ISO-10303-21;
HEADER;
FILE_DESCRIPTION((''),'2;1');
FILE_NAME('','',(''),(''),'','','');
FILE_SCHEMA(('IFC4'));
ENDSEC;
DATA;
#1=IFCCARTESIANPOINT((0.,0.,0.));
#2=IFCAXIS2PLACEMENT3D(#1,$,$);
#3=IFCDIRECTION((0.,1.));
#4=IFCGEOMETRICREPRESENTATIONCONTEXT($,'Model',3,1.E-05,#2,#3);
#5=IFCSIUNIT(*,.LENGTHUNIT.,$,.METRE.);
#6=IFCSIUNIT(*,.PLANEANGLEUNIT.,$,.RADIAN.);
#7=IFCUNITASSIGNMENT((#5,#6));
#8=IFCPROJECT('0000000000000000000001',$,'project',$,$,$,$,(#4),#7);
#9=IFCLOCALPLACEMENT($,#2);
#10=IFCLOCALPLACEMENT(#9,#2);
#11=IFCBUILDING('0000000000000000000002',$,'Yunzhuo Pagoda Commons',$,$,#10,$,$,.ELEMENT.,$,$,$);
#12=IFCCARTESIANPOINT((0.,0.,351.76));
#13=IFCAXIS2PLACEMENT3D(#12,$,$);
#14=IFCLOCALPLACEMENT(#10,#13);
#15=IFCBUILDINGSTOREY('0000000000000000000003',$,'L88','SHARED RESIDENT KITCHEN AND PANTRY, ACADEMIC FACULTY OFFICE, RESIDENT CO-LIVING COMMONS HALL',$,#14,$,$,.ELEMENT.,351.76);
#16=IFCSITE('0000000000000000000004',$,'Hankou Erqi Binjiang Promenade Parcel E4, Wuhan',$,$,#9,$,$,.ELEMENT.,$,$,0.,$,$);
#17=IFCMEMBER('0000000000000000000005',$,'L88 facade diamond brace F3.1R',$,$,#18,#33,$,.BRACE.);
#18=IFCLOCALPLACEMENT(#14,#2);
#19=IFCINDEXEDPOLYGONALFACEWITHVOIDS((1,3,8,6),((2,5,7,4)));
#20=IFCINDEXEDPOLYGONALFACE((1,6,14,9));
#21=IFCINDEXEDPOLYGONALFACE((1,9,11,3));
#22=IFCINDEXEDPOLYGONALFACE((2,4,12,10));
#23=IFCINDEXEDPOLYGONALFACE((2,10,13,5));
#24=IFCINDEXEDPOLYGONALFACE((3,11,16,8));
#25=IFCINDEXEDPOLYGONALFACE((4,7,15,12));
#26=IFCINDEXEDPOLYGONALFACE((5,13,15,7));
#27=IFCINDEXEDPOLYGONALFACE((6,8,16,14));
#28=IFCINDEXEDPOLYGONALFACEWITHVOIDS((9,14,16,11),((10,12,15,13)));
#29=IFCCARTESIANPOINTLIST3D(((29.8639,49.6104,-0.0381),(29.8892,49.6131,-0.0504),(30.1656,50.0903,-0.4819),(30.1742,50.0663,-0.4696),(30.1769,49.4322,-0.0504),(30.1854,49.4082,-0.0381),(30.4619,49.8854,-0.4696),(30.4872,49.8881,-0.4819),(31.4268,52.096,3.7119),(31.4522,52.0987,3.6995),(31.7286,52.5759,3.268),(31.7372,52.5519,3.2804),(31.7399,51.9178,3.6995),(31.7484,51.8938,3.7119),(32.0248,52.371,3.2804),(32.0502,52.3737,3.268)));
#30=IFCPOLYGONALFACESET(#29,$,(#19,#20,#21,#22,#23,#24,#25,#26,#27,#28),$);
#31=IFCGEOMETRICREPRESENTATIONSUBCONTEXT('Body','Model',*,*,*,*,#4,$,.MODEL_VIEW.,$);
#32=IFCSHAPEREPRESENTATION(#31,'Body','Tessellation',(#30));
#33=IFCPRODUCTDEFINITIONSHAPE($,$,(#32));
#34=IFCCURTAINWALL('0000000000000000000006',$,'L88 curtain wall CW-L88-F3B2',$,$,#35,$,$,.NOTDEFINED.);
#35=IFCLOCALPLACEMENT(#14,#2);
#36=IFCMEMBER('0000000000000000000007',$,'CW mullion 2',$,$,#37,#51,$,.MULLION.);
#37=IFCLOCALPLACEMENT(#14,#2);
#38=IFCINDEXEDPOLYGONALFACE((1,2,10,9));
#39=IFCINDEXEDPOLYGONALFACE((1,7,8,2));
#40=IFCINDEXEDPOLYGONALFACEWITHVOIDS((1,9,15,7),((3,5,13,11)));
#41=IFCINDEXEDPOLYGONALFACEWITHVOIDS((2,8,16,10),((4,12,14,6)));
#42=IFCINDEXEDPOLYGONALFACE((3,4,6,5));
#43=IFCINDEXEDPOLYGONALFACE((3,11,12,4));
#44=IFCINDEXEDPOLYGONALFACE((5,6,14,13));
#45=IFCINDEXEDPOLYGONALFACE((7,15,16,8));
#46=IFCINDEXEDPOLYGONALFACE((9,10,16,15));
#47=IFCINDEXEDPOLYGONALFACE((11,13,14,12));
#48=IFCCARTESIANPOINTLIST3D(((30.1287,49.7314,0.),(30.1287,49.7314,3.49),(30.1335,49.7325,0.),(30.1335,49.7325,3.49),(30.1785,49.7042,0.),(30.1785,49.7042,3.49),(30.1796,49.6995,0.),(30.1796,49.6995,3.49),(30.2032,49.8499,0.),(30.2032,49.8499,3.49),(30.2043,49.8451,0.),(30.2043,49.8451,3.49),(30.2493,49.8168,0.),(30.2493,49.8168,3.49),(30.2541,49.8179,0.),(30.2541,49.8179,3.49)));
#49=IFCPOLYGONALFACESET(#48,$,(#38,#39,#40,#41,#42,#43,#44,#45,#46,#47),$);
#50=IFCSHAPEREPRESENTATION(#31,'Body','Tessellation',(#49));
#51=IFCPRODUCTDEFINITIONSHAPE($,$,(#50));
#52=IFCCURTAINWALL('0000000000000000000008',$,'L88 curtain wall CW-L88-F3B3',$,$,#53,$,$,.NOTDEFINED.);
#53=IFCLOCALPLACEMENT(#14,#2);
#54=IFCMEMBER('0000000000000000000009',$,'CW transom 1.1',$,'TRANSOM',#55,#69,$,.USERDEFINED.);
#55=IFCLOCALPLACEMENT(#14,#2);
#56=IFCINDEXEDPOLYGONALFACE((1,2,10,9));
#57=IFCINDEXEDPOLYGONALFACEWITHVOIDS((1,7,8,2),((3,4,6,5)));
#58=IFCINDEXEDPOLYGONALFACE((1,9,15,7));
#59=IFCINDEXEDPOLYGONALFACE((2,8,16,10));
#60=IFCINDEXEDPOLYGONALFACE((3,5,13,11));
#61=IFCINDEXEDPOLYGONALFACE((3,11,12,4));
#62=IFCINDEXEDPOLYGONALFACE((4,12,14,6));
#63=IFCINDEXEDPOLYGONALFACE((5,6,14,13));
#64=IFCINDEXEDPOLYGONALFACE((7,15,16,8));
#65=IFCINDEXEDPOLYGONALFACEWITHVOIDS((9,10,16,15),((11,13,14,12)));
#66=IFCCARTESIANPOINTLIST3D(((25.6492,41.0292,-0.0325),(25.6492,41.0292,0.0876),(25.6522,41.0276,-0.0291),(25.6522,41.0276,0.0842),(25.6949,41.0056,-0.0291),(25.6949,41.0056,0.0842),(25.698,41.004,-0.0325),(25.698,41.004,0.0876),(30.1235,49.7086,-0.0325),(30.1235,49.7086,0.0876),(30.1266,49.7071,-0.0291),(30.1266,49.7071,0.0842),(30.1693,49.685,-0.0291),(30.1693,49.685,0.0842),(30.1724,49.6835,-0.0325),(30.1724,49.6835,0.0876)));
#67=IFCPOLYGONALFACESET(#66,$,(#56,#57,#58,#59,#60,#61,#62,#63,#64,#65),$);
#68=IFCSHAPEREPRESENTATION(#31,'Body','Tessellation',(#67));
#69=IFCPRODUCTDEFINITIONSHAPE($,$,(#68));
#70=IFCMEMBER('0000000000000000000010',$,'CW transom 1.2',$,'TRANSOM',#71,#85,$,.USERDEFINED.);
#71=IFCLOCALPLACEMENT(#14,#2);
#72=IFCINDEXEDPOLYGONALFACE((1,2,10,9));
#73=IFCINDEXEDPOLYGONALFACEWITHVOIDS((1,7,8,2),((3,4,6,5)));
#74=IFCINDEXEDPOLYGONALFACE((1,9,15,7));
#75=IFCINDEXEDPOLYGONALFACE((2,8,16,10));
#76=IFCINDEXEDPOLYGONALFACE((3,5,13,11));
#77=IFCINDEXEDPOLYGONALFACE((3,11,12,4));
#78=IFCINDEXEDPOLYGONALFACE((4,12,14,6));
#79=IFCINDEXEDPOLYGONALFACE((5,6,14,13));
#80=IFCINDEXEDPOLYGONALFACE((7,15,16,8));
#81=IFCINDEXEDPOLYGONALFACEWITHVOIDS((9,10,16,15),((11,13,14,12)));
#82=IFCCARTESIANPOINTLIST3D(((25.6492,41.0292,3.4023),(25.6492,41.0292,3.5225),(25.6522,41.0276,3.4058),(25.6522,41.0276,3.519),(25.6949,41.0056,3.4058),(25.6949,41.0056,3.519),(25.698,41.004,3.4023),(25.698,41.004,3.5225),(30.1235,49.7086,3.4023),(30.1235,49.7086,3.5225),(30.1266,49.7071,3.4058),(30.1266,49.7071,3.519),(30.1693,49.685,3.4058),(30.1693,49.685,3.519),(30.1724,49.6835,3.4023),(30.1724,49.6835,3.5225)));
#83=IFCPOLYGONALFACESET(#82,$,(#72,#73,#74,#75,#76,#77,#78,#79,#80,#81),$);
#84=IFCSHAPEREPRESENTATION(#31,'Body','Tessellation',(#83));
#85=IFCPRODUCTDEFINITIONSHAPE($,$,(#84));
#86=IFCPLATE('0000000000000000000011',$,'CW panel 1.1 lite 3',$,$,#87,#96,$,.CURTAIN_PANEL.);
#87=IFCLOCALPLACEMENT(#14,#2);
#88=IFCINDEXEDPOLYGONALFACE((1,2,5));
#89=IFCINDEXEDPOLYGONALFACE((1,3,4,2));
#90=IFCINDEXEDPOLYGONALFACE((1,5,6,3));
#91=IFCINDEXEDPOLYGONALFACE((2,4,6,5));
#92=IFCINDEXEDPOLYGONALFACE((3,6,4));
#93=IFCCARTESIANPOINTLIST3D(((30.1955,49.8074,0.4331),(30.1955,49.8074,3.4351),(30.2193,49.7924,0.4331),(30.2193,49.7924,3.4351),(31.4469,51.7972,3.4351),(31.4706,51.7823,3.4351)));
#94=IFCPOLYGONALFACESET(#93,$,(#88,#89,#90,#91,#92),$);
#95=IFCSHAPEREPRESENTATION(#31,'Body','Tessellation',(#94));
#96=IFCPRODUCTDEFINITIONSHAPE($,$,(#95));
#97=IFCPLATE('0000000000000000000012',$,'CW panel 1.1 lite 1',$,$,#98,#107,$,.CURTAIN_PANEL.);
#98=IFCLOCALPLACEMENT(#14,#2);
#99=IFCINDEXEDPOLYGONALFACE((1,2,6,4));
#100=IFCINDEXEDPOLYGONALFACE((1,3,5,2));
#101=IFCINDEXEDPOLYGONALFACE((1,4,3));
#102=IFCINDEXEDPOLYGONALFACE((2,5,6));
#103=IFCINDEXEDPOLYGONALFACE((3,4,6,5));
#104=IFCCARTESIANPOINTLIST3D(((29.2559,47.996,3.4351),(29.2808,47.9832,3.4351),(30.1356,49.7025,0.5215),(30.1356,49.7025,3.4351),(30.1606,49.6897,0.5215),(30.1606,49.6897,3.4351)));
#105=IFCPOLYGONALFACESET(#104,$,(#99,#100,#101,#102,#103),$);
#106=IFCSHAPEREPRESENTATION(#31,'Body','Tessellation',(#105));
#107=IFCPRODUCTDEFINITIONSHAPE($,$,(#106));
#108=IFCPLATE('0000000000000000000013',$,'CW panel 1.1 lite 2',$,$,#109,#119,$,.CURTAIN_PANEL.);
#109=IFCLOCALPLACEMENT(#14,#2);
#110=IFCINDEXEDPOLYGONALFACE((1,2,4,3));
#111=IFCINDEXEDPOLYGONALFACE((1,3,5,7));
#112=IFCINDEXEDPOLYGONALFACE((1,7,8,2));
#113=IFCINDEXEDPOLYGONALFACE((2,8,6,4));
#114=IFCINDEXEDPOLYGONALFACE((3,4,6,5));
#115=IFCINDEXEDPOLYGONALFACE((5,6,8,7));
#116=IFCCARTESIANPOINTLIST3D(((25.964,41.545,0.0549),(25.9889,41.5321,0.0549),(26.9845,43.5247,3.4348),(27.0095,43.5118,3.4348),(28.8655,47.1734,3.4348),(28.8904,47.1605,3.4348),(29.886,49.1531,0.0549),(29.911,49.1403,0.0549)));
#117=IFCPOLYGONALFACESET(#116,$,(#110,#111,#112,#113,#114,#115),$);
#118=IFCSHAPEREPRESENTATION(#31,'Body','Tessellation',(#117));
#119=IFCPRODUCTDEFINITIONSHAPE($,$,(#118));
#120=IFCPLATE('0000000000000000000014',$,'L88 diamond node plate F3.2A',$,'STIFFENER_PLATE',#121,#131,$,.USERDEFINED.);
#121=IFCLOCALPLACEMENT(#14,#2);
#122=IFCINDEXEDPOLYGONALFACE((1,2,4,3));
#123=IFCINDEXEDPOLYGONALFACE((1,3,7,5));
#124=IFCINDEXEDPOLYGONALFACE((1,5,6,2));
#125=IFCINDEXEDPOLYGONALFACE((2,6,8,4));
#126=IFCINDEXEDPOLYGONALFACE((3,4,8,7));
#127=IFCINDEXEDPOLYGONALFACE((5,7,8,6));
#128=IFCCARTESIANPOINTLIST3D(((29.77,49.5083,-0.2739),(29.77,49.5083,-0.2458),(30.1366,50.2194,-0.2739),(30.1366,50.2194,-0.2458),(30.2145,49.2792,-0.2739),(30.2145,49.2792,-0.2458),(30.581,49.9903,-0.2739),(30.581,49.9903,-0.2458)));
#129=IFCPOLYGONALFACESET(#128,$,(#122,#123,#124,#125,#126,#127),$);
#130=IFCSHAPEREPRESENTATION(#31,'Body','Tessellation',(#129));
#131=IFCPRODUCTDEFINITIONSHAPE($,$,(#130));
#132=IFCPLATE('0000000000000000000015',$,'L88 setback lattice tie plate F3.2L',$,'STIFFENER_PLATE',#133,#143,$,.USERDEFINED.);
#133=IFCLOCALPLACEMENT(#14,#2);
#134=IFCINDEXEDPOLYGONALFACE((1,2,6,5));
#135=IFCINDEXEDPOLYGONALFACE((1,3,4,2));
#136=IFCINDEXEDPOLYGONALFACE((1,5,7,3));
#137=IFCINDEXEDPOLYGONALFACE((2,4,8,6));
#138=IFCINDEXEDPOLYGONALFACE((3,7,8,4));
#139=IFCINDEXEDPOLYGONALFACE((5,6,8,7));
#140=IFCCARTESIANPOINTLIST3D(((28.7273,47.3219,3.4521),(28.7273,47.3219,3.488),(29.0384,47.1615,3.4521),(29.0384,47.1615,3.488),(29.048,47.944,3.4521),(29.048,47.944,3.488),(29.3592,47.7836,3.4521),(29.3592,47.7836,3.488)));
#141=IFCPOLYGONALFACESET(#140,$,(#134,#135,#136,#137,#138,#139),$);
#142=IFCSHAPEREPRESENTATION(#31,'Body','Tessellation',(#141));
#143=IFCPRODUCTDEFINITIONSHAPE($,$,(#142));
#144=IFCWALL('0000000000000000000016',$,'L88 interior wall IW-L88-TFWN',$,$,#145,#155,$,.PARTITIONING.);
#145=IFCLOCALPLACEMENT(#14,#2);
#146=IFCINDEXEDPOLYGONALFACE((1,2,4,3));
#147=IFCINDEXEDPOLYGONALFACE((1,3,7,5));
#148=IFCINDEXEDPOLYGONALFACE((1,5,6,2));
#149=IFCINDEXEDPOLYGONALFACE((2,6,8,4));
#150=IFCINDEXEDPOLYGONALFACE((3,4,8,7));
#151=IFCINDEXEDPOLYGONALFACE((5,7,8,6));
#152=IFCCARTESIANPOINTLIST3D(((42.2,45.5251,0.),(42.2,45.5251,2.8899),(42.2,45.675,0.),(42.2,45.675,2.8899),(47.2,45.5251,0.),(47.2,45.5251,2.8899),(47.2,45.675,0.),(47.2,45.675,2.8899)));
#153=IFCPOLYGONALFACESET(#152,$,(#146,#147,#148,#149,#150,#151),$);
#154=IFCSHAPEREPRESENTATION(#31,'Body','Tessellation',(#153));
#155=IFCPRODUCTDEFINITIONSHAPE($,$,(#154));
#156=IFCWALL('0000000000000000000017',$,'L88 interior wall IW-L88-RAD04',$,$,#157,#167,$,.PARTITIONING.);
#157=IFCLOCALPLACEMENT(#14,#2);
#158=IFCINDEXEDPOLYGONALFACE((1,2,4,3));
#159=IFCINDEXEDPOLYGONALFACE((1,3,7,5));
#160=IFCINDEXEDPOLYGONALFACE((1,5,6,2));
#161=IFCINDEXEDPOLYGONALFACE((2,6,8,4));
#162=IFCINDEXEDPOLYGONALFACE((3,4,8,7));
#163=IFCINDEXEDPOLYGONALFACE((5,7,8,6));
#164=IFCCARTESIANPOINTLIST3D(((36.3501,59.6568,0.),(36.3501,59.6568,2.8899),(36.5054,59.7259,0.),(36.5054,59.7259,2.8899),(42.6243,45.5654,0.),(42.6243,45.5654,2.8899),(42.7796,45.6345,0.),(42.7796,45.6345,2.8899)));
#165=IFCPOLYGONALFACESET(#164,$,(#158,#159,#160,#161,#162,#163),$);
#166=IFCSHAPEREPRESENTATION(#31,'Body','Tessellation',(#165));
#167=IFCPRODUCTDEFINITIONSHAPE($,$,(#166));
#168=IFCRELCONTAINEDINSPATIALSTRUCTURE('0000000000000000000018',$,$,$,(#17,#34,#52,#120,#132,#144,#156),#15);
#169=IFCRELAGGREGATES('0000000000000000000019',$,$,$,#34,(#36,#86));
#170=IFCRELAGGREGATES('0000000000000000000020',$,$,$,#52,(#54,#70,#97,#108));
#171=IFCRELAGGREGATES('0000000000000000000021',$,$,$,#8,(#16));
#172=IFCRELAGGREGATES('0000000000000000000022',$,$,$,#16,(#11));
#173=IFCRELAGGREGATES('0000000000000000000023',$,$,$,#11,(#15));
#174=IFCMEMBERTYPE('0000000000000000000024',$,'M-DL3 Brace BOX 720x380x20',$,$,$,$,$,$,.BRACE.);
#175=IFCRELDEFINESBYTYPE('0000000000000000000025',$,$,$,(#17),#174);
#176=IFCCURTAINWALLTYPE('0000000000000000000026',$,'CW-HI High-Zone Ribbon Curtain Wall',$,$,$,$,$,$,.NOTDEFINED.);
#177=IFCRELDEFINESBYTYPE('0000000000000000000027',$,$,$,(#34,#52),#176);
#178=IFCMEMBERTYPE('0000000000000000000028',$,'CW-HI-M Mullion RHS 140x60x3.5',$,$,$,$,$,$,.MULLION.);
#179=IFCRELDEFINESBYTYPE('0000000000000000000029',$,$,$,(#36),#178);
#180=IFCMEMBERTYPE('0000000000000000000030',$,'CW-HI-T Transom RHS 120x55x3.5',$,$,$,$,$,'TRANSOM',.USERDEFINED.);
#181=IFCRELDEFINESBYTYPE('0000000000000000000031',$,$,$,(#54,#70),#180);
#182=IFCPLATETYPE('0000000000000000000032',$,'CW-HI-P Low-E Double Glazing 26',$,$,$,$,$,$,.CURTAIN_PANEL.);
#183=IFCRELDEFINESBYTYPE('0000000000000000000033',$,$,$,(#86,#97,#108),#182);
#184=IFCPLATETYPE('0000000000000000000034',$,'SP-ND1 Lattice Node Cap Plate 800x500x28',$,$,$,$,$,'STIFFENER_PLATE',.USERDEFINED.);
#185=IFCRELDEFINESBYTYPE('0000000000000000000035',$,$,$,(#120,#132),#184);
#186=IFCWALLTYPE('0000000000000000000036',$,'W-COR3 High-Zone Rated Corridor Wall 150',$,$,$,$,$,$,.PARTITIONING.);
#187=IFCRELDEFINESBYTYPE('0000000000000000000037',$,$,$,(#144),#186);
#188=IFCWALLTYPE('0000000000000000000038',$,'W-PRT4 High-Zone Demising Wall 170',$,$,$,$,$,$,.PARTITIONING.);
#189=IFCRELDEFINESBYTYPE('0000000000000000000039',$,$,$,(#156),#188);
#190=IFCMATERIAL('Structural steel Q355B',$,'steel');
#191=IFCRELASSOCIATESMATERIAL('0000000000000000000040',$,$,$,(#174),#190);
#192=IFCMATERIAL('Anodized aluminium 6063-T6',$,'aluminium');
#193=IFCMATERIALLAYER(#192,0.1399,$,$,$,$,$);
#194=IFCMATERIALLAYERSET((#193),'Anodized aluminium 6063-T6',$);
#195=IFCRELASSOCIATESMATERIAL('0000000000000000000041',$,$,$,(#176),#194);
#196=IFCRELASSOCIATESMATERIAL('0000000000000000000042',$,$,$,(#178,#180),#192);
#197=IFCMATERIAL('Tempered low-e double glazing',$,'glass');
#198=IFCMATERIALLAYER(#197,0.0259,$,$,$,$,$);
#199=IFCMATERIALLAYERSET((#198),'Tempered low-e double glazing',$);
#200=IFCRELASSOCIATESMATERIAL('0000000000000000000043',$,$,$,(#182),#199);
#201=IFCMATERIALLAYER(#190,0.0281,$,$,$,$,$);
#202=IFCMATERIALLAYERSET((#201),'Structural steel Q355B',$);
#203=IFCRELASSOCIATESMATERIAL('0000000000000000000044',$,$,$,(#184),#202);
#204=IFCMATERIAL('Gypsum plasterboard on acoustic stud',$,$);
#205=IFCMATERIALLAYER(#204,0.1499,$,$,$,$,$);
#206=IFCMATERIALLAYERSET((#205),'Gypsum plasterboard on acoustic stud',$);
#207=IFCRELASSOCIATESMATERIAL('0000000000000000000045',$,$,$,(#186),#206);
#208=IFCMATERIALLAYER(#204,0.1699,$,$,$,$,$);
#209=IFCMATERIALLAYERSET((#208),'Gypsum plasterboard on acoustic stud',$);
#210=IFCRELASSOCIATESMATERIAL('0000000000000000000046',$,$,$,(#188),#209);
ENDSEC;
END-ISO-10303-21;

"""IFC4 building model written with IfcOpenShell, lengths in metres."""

from ifc_helpers import new_model, si_unit, direction, frame, frame_2d, origin, origin_2d, place, context, subcontext, project, spatial, polyline, rectangle, hollow_rectangle, outline, extrude, source, transform, mapped, material, layer, layer_set, material_profile, profile_set, type_object, element, aggregate, save


model = new_model("IFC4")

# Units and contexts
model_context = context("Model", 3, precision=1e-05, world=origin(), true_north=direction((0.0, 1.0)))
body_context = subcontext(model_context, "Body", "Model", "MODEL_VIEW")
ifc_project = project(units=[si_unit("LENGTHUNIT", "METRE"), si_unit("PLANEANGLEUNIT", "RADIAN")], contexts=[model_context])

# Site, building, storey
site_placement = place(None, origin())
site = spatial("IfcSite", under=ifc_project, at=site_placement, Name="Hankou Erqi Binjiang Promenade Parcel E4, Wuhan", CompositionType="ELEMENT", RefElevation=0.0)
building_placement = place(site_placement, origin())
building = spatial("IfcBuilding", under=site, at=building_placement, Name="Yunzhuo Pagoda Commons", CompositionType="ELEMENT")
storey_placement = place(building_placement, frame((0.0, 0.0, 351.76)))
storey = spatial("IfcBuildingStorey", under=building, at=storey_placement, Name="L88", Description="SHARED RESIDENT KITCHEN AND PANTRY, ACADEMIC FACULTY OFFICE, RESIDENT CO-LIVING COMMONS HALL", CompositionType="ELEMENT", Elevation=351.76)

# Shared definitions
ifc_material_1 = material(Name="Structural steel Q355B", Category="steel")

# Member
ifc_material_profile_1 = material_profile(ifc_material_1, hollow_rectangle(XDim=0.3799, YDim=0.72, WallThickness=0.02, at=origin_2d()), Name="Structural steel Q355B")
ifc_profile_set_1 = profile_set([ifc_material_profile_1], Name="Structural steel Q355B")
member_type_1 = type_object("IfcMemberType", Name="M-DL3 Brace BOX 720x380x20", PredefinedType="BRACE", material=ifc_profile_set_1)
shared_shape_1 = source(origin(), body_context, "Body", "SweptSolid", [
    extrude(hollow_rectangle(XDim=0.3799, YDim=0.72, WallThickness=0.02, at=origin_2d()), origin(), (0.0, 0.0, 1.0), 4.7627),
])
member_1_placement = place(storey_placement, frame((30.1755, 49.7493, -0.26), z_axis=(0.328171, 0.521884, 0.787363), x_axis=(-0.846542, 0.532321, 0.0)))
element("IfcMember", 1, at=member_1_placement, inside=storey, type_object=member_type_1, Name="L88 facade diamond brace F3.1R", PredefinedType="BRACE", context=body_context, shape_type="MappedRepresentation", body=[
    mapped(shared_shape_1, transform((0.0, 0.0, 0.0), scale=1.0)),
])

# Curtain wall, member
ifc_material_2 = material(Name="Anodized aluminium 6063-T6", Category="aluminium")
ifc_layer_1 = layer(ifc_material_2, 0.1399)
ifc_layer_set_1 = layer_set([ifc_layer_1], Name="Anodized aluminium 6063-T6")
curtain_wall_type = type_object("IfcCurtainWallType", Name="CW-HI High-Zone Ribbon Curtain Wall", PredefinedType="NOTDEFINED", material=ifc_layer_set_1)
curtain_wall_1_placement = place(storey_placement, origin())
curtain_wall_1 = element("IfcCurtainWall", 2, at=curtain_wall_1_placement, inside=storey, type_object=curtain_wall_type, Name="L88 curtain wall CW-L88-F3B2", PredefinedType="NOTDEFINED")
ifc_material_profile_2 = material_profile(ifc_material_2, hollow_rectangle(XDim=0.0601, YDim=0.1399, WallThickness=0.0034, at=origin_2d()), Name="Anodized aluminium 6063-T6")
ifc_profile_set_2 = profile_set([ifc_material_profile_2], Name="Anodized aluminium 6063-T6")
member_type_2 = type_object("IfcMemberType", Name="CW-HI-M Mullion RHS 140x60x3.5", PredefinedType="MULLION", material=ifc_profile_set_2)
shared_shape_2 = source(origin(), body_context, "Body", "SweptSolid", [
    extrude(hollow_rectangle(XDim=0.0601, YDim=0.1399, WallThickness=0.0034, at=origin_2d()), origin(), (0.0, 0.0, 1.0), 3.49),
])
member_2_placement = place(storey_placement, frame((30.1914, 49.7747, 0.0), z_axis=(0.0, 0.0, 1.0), x_axis=(0.846525, -0.53235, 0.0)))
member_2 = element("IfcMember", 3, at=member_2_placement, type_object=member_type_2, Name="CW mullion 2", PredefinedType="MULLION", context=body_context, shape_type="MappedRepresentation", body=[
    mapped(shared_shape_2, transform((0.0, 0.0, 0.0), scale=1.0)),
])

# Curtain wall, members
curtain_wall_2_placement = place(storey_placement, origin())
curtain_wall_2 = element("IfcCurtainWall", 4, at=curtain_wall_2_placement, inside=storey, type_object=curtain_wall_type, Name="L88 curtain wall CW-L88-F3B3", PredefinedType="NOTDEFINED")
ifc_material_profile_3 = material_profile(ifc_material_2, hollow_rectangle(XDim=0.0549, YDim=0.1201, WallThickness=0.0034, at=origin_2d()), Name="Anodized aluminium 6063-T6")
ifc_profile_set_3 = profile_set([ifc_material_profile_3], Name="Anodized aluminium 6063-T6")
member_type_3 = type_object("IfcMemberType", Name="CW-HI-T Transom RHS 120x55x3.5", ElementType="TRANSOM", PredefinedType="USERDEFINED", material=ifc_profile_set_3)
shared_shape_3 = source(origin(), body_context, "Body", "SweptSolid", [
    extrude(hollow_rectangle(XDim=0.0549, YDim=0.1201, WallThickness=0.0034, at=origin_2d()), origin(), (0.0, 0.0, 1.0), 9.7649),
])
member_3_placement = place(storey_placement, frame((30.1479, 49.696, 0.0276), z_axis=(-0.45821, -0.888844, 0.0), x_axis=(0.888844, -0.45821, 0.0)))
member_3 = element("IfcMember", 5, at=member_3_placement, type_object=member_type_3, Name="CW transom 1.1", ObjectType="TRANSOM", PredefinedType="USERDEFINED", context=body_context, shape_type="MappedRepresentation", body=[
    mapped(shared_shape_3, transform((0.0, 0.0, 0.0), scale=1.0)),
])
member_4_placement = place(storey_placement, frame((30.1479, 49.696, 3.4624), z_axis=(-0.45821, -0.888844, 0.0), x_axis=(0.888844, -0.45821, 0.0)))
member_4 = element("IfcMember", 6, at=member_4_placement, type_object=member_type_3, Name="CW transom 1.2", ObjectType="TRANSOM", PredefinedType="USERDEFINED", context=body_context, shape_type="MappedRepresentation", body=[
    mapped(shared_shape_3, transform((0.0, 0.0, 0.0), scale=1.0)),
])

# Plates
ifc_material_3 = material(Name="Tempered low-e double glazing", Category="glass")
ifc_layer_2 = layer(ifc_material_3, 0.0259)
ifc_layer_set_2 = layer_set([ifc_layer_2], Name="Tempered low-e double glazing")
plate_type_1 = type_object("IfcPlateType", Name="CW-HI-P Low-E Double Glazing 26", PredefinedType="CURTAIN_PANEL", material=ifc_layer_set_2)
plate_1_placement = place(storey_placement, frame((30.845, 50.7874, 1.9341), z_axis=(-0.846525, 0.53235, 0.0), x_axis=(-0.53235, -0.846525, 0.0)))
plate_1 = element("IfcPlate", 7, at=plate_1_placement, type_object=plate_type_1, Name="CW panel 1.1 lite 3", PredefinedType="CURTAIN_PANEL", context=body_context, shape_type="SweptSolid", body=[
    extrude(outline(polyline([(-1.1753, 1.501), (1.1753, -1.501), (1.1753, 1.501), (-1.1753, 1.501)])), origin(), (0.0, 0.0, 1.0), 0.0281),
])
aggregate(curtain_wall_1, [member_2, plate_1])
plate_2_placement = place(storey_placement, frame((29.7207, 48.8364, 1.9783), z_axis=(-0.888846, 0.458207, 0.0), x_axis=(-0.458207, -0.888846, 0.0)))
plate_2 = element("IfcPlate", 8, at=plate_2_placement, type_object=plate_type_1, Name="CW panel 1.1 lite 1", PredefinedType="CURTAIN_PANEL", context=body_context, shape_type="SweptSolid", body=[
    extrude(outline(polyline([(-0.96, -1.4568), (0.96, 1.4568), (-0.96, 1.4568), (-0.96, -1.4568)])), origin(), (0.0, 0.0, 1.0), 0.0281),
])
plate_3_placement = place(storey_placement, frame((27.95, 45.3362, 1.7449), z_axis=(-0.888846, 0.458207, 0.0), x_axis=(-0.458207, -0.888846, 0.0)))
plate_3 = element("IfcPlate", 9, at=plate_3_placement, type_object=plate_type_1, Name="CW panel 1.1 lite 2", PredefinedType="CURTAIN_PANEL", context=body_context, shape_type="SweptSolid", body=[
    extrude(outline(polyline([(-4.2798, -1.6899), (4.2798, -1.6899), (2.0525, 1.6899), (-2.0525, 1.6899), (-4.2798, -1.6899)])), origin(), (0.0, 0.0, 1.0), 0.0281),
])
aggregate(curtain_wall_2, [member_3, member_4, plate_2, plate_3])

# Plates
ifc_layer_3 = layer(ifc_material_1, 0.0281)
ifc_layer_set_3 = layer_set([ifc_layer_3], Name="Structural steel Q355B")
plate_type_2 = type_object("IfcPlateType", Name="SP-ND1 Lattice Node Cap Plate 800x500x28", ElementType="STIFFENER_PLATE", PredefinedType="USERDEFINED", material=ifc_layer_set_3)
shared_shape_4 = source(origin(), body_context, "Body", "SweptSolid", [
    extrude(rectangle(XDim=0.8, YDim=0.5, at=origin_2d()), origin(), (0.0, 0.0, 1.0), 0.0281),
])
plate_4_placement = place(storey_placement, frame((30.1755, 49.7493, -0.2739), z_axis=(0.0, 0.0, 1.0), x_axis=(-0.4582, -0.888849, 0.0)))
element("IfcPlate", 10, at=plate_4_placement, inside=storey, type_object=plate_type_2, Name="L88 diamond node plate F3.2A", ObjectType="STIFFENER_PLATE", PredefinedType="USERDEFINED", context=body_context, shape_type="MappedRepresentation", body=[
    mapped(shared_shape_4, transform((0.0, 0.0, 0.0), scale=1.0)),
])
shared_shape_5 = source(origin(), body_context, "Body", "SweptSolid", [
    extrude(rectangle(XDim=0.7, YDim=0.3501, at=origin_2d()), origin(), (0.0, 0.0, 1.0), 0.0359),
])
plate_5_placement = place(storey_placement, frame((29.0432, 47.5527, 3.4521), z_axis=(0.0, 0.0, 1.0), x_axis=(-0.4582, -0.888849, 0.0)))
element("IfcPlate", 11, at=plate_5_placement, inside=storey, type_object=plate_type_2, Name="L88 setback lattice tie plate F3.2L", ObjectType="STIFFENER_PLATE", PredefinedType="USERDEFINED", context=body_context, shape_type="MappedRepresentation", body=[
    mapped(shared_shape_5, transform((0.0, 0.0, 0.0), scale=1.0)),
])

# Walls
ifc_material_4 = material(Name="Gypsum plasterboard on acoustic stud")
ifc_layer_4 = layer(ifc_material_4, 0.1499)
ifc_layer_set_4 = layer_set([ifc_layer_4], Name="Gypsum plasterboard on acoustic stud")
wall_type_1 = type_object("IfcWallType", Name="W-COR3 High-Zone Rated Corridor Wall 150", PredefinedType="PARTITIONING", material=ifc_layer_set_4)
wall_1_placement = place(storey_placement, frame((42.2, 45.6001, 0.0), z_axis=(0.0, 0.0, 1.0), x_axis=(1.0, 0.0, 0.0)))
element("IfcWall", 12, at=wall_1_placement, inside=storey, type_object=wall_type_1, Name="L88 interior wall IW-L88-TFWN", PredefinedType="PARTITIONING", context=body_context, shape_type="SweptSolid", body=[
    extrude(rectangle(XDim=5.0, YDim=0.1499, at=frame_2d((2.5, 0.0))), origin(), (0.0, 0.0, 1.0), 2.8899),
])
ifc_layer_5 = layer(ifc_material_4, 0.1699)
ifc_layer_set_5 = layer_set([ifc_layer_5], Name="Gypsum plasterboard on acoustic stud")
wall_type_2 = type_object("IfcWallType", Name="W-PRT4 High-Zone Demising Wall 170", PredefinedType="PARTITIONING", material=ifc_layer_set_5)
wall_2_placement = place(storey_placement, frame((42.7019, 45.6001, 0.0), z_axis=(0.0, 0.0, 1.0), x_axis=(-0.406754, 0.913538, 0.0)))
element("IfcWall", 13, at=wall_2_placement, inside=storey, type_object=wall_type_2, Name="L88 interior wall IW-L88-RAD04", PredefinedType="PARTITIONING", context=body_context, shape_type="SweptSolid", body=[
    extrude(rectangle(XDim=15.425, YDim=0.1699, at=frame_2d((7.7124, 0.0))), origin(), (0.0, 0.0, 1.0), 2.8899),
])

save(model, "model.ifc")
